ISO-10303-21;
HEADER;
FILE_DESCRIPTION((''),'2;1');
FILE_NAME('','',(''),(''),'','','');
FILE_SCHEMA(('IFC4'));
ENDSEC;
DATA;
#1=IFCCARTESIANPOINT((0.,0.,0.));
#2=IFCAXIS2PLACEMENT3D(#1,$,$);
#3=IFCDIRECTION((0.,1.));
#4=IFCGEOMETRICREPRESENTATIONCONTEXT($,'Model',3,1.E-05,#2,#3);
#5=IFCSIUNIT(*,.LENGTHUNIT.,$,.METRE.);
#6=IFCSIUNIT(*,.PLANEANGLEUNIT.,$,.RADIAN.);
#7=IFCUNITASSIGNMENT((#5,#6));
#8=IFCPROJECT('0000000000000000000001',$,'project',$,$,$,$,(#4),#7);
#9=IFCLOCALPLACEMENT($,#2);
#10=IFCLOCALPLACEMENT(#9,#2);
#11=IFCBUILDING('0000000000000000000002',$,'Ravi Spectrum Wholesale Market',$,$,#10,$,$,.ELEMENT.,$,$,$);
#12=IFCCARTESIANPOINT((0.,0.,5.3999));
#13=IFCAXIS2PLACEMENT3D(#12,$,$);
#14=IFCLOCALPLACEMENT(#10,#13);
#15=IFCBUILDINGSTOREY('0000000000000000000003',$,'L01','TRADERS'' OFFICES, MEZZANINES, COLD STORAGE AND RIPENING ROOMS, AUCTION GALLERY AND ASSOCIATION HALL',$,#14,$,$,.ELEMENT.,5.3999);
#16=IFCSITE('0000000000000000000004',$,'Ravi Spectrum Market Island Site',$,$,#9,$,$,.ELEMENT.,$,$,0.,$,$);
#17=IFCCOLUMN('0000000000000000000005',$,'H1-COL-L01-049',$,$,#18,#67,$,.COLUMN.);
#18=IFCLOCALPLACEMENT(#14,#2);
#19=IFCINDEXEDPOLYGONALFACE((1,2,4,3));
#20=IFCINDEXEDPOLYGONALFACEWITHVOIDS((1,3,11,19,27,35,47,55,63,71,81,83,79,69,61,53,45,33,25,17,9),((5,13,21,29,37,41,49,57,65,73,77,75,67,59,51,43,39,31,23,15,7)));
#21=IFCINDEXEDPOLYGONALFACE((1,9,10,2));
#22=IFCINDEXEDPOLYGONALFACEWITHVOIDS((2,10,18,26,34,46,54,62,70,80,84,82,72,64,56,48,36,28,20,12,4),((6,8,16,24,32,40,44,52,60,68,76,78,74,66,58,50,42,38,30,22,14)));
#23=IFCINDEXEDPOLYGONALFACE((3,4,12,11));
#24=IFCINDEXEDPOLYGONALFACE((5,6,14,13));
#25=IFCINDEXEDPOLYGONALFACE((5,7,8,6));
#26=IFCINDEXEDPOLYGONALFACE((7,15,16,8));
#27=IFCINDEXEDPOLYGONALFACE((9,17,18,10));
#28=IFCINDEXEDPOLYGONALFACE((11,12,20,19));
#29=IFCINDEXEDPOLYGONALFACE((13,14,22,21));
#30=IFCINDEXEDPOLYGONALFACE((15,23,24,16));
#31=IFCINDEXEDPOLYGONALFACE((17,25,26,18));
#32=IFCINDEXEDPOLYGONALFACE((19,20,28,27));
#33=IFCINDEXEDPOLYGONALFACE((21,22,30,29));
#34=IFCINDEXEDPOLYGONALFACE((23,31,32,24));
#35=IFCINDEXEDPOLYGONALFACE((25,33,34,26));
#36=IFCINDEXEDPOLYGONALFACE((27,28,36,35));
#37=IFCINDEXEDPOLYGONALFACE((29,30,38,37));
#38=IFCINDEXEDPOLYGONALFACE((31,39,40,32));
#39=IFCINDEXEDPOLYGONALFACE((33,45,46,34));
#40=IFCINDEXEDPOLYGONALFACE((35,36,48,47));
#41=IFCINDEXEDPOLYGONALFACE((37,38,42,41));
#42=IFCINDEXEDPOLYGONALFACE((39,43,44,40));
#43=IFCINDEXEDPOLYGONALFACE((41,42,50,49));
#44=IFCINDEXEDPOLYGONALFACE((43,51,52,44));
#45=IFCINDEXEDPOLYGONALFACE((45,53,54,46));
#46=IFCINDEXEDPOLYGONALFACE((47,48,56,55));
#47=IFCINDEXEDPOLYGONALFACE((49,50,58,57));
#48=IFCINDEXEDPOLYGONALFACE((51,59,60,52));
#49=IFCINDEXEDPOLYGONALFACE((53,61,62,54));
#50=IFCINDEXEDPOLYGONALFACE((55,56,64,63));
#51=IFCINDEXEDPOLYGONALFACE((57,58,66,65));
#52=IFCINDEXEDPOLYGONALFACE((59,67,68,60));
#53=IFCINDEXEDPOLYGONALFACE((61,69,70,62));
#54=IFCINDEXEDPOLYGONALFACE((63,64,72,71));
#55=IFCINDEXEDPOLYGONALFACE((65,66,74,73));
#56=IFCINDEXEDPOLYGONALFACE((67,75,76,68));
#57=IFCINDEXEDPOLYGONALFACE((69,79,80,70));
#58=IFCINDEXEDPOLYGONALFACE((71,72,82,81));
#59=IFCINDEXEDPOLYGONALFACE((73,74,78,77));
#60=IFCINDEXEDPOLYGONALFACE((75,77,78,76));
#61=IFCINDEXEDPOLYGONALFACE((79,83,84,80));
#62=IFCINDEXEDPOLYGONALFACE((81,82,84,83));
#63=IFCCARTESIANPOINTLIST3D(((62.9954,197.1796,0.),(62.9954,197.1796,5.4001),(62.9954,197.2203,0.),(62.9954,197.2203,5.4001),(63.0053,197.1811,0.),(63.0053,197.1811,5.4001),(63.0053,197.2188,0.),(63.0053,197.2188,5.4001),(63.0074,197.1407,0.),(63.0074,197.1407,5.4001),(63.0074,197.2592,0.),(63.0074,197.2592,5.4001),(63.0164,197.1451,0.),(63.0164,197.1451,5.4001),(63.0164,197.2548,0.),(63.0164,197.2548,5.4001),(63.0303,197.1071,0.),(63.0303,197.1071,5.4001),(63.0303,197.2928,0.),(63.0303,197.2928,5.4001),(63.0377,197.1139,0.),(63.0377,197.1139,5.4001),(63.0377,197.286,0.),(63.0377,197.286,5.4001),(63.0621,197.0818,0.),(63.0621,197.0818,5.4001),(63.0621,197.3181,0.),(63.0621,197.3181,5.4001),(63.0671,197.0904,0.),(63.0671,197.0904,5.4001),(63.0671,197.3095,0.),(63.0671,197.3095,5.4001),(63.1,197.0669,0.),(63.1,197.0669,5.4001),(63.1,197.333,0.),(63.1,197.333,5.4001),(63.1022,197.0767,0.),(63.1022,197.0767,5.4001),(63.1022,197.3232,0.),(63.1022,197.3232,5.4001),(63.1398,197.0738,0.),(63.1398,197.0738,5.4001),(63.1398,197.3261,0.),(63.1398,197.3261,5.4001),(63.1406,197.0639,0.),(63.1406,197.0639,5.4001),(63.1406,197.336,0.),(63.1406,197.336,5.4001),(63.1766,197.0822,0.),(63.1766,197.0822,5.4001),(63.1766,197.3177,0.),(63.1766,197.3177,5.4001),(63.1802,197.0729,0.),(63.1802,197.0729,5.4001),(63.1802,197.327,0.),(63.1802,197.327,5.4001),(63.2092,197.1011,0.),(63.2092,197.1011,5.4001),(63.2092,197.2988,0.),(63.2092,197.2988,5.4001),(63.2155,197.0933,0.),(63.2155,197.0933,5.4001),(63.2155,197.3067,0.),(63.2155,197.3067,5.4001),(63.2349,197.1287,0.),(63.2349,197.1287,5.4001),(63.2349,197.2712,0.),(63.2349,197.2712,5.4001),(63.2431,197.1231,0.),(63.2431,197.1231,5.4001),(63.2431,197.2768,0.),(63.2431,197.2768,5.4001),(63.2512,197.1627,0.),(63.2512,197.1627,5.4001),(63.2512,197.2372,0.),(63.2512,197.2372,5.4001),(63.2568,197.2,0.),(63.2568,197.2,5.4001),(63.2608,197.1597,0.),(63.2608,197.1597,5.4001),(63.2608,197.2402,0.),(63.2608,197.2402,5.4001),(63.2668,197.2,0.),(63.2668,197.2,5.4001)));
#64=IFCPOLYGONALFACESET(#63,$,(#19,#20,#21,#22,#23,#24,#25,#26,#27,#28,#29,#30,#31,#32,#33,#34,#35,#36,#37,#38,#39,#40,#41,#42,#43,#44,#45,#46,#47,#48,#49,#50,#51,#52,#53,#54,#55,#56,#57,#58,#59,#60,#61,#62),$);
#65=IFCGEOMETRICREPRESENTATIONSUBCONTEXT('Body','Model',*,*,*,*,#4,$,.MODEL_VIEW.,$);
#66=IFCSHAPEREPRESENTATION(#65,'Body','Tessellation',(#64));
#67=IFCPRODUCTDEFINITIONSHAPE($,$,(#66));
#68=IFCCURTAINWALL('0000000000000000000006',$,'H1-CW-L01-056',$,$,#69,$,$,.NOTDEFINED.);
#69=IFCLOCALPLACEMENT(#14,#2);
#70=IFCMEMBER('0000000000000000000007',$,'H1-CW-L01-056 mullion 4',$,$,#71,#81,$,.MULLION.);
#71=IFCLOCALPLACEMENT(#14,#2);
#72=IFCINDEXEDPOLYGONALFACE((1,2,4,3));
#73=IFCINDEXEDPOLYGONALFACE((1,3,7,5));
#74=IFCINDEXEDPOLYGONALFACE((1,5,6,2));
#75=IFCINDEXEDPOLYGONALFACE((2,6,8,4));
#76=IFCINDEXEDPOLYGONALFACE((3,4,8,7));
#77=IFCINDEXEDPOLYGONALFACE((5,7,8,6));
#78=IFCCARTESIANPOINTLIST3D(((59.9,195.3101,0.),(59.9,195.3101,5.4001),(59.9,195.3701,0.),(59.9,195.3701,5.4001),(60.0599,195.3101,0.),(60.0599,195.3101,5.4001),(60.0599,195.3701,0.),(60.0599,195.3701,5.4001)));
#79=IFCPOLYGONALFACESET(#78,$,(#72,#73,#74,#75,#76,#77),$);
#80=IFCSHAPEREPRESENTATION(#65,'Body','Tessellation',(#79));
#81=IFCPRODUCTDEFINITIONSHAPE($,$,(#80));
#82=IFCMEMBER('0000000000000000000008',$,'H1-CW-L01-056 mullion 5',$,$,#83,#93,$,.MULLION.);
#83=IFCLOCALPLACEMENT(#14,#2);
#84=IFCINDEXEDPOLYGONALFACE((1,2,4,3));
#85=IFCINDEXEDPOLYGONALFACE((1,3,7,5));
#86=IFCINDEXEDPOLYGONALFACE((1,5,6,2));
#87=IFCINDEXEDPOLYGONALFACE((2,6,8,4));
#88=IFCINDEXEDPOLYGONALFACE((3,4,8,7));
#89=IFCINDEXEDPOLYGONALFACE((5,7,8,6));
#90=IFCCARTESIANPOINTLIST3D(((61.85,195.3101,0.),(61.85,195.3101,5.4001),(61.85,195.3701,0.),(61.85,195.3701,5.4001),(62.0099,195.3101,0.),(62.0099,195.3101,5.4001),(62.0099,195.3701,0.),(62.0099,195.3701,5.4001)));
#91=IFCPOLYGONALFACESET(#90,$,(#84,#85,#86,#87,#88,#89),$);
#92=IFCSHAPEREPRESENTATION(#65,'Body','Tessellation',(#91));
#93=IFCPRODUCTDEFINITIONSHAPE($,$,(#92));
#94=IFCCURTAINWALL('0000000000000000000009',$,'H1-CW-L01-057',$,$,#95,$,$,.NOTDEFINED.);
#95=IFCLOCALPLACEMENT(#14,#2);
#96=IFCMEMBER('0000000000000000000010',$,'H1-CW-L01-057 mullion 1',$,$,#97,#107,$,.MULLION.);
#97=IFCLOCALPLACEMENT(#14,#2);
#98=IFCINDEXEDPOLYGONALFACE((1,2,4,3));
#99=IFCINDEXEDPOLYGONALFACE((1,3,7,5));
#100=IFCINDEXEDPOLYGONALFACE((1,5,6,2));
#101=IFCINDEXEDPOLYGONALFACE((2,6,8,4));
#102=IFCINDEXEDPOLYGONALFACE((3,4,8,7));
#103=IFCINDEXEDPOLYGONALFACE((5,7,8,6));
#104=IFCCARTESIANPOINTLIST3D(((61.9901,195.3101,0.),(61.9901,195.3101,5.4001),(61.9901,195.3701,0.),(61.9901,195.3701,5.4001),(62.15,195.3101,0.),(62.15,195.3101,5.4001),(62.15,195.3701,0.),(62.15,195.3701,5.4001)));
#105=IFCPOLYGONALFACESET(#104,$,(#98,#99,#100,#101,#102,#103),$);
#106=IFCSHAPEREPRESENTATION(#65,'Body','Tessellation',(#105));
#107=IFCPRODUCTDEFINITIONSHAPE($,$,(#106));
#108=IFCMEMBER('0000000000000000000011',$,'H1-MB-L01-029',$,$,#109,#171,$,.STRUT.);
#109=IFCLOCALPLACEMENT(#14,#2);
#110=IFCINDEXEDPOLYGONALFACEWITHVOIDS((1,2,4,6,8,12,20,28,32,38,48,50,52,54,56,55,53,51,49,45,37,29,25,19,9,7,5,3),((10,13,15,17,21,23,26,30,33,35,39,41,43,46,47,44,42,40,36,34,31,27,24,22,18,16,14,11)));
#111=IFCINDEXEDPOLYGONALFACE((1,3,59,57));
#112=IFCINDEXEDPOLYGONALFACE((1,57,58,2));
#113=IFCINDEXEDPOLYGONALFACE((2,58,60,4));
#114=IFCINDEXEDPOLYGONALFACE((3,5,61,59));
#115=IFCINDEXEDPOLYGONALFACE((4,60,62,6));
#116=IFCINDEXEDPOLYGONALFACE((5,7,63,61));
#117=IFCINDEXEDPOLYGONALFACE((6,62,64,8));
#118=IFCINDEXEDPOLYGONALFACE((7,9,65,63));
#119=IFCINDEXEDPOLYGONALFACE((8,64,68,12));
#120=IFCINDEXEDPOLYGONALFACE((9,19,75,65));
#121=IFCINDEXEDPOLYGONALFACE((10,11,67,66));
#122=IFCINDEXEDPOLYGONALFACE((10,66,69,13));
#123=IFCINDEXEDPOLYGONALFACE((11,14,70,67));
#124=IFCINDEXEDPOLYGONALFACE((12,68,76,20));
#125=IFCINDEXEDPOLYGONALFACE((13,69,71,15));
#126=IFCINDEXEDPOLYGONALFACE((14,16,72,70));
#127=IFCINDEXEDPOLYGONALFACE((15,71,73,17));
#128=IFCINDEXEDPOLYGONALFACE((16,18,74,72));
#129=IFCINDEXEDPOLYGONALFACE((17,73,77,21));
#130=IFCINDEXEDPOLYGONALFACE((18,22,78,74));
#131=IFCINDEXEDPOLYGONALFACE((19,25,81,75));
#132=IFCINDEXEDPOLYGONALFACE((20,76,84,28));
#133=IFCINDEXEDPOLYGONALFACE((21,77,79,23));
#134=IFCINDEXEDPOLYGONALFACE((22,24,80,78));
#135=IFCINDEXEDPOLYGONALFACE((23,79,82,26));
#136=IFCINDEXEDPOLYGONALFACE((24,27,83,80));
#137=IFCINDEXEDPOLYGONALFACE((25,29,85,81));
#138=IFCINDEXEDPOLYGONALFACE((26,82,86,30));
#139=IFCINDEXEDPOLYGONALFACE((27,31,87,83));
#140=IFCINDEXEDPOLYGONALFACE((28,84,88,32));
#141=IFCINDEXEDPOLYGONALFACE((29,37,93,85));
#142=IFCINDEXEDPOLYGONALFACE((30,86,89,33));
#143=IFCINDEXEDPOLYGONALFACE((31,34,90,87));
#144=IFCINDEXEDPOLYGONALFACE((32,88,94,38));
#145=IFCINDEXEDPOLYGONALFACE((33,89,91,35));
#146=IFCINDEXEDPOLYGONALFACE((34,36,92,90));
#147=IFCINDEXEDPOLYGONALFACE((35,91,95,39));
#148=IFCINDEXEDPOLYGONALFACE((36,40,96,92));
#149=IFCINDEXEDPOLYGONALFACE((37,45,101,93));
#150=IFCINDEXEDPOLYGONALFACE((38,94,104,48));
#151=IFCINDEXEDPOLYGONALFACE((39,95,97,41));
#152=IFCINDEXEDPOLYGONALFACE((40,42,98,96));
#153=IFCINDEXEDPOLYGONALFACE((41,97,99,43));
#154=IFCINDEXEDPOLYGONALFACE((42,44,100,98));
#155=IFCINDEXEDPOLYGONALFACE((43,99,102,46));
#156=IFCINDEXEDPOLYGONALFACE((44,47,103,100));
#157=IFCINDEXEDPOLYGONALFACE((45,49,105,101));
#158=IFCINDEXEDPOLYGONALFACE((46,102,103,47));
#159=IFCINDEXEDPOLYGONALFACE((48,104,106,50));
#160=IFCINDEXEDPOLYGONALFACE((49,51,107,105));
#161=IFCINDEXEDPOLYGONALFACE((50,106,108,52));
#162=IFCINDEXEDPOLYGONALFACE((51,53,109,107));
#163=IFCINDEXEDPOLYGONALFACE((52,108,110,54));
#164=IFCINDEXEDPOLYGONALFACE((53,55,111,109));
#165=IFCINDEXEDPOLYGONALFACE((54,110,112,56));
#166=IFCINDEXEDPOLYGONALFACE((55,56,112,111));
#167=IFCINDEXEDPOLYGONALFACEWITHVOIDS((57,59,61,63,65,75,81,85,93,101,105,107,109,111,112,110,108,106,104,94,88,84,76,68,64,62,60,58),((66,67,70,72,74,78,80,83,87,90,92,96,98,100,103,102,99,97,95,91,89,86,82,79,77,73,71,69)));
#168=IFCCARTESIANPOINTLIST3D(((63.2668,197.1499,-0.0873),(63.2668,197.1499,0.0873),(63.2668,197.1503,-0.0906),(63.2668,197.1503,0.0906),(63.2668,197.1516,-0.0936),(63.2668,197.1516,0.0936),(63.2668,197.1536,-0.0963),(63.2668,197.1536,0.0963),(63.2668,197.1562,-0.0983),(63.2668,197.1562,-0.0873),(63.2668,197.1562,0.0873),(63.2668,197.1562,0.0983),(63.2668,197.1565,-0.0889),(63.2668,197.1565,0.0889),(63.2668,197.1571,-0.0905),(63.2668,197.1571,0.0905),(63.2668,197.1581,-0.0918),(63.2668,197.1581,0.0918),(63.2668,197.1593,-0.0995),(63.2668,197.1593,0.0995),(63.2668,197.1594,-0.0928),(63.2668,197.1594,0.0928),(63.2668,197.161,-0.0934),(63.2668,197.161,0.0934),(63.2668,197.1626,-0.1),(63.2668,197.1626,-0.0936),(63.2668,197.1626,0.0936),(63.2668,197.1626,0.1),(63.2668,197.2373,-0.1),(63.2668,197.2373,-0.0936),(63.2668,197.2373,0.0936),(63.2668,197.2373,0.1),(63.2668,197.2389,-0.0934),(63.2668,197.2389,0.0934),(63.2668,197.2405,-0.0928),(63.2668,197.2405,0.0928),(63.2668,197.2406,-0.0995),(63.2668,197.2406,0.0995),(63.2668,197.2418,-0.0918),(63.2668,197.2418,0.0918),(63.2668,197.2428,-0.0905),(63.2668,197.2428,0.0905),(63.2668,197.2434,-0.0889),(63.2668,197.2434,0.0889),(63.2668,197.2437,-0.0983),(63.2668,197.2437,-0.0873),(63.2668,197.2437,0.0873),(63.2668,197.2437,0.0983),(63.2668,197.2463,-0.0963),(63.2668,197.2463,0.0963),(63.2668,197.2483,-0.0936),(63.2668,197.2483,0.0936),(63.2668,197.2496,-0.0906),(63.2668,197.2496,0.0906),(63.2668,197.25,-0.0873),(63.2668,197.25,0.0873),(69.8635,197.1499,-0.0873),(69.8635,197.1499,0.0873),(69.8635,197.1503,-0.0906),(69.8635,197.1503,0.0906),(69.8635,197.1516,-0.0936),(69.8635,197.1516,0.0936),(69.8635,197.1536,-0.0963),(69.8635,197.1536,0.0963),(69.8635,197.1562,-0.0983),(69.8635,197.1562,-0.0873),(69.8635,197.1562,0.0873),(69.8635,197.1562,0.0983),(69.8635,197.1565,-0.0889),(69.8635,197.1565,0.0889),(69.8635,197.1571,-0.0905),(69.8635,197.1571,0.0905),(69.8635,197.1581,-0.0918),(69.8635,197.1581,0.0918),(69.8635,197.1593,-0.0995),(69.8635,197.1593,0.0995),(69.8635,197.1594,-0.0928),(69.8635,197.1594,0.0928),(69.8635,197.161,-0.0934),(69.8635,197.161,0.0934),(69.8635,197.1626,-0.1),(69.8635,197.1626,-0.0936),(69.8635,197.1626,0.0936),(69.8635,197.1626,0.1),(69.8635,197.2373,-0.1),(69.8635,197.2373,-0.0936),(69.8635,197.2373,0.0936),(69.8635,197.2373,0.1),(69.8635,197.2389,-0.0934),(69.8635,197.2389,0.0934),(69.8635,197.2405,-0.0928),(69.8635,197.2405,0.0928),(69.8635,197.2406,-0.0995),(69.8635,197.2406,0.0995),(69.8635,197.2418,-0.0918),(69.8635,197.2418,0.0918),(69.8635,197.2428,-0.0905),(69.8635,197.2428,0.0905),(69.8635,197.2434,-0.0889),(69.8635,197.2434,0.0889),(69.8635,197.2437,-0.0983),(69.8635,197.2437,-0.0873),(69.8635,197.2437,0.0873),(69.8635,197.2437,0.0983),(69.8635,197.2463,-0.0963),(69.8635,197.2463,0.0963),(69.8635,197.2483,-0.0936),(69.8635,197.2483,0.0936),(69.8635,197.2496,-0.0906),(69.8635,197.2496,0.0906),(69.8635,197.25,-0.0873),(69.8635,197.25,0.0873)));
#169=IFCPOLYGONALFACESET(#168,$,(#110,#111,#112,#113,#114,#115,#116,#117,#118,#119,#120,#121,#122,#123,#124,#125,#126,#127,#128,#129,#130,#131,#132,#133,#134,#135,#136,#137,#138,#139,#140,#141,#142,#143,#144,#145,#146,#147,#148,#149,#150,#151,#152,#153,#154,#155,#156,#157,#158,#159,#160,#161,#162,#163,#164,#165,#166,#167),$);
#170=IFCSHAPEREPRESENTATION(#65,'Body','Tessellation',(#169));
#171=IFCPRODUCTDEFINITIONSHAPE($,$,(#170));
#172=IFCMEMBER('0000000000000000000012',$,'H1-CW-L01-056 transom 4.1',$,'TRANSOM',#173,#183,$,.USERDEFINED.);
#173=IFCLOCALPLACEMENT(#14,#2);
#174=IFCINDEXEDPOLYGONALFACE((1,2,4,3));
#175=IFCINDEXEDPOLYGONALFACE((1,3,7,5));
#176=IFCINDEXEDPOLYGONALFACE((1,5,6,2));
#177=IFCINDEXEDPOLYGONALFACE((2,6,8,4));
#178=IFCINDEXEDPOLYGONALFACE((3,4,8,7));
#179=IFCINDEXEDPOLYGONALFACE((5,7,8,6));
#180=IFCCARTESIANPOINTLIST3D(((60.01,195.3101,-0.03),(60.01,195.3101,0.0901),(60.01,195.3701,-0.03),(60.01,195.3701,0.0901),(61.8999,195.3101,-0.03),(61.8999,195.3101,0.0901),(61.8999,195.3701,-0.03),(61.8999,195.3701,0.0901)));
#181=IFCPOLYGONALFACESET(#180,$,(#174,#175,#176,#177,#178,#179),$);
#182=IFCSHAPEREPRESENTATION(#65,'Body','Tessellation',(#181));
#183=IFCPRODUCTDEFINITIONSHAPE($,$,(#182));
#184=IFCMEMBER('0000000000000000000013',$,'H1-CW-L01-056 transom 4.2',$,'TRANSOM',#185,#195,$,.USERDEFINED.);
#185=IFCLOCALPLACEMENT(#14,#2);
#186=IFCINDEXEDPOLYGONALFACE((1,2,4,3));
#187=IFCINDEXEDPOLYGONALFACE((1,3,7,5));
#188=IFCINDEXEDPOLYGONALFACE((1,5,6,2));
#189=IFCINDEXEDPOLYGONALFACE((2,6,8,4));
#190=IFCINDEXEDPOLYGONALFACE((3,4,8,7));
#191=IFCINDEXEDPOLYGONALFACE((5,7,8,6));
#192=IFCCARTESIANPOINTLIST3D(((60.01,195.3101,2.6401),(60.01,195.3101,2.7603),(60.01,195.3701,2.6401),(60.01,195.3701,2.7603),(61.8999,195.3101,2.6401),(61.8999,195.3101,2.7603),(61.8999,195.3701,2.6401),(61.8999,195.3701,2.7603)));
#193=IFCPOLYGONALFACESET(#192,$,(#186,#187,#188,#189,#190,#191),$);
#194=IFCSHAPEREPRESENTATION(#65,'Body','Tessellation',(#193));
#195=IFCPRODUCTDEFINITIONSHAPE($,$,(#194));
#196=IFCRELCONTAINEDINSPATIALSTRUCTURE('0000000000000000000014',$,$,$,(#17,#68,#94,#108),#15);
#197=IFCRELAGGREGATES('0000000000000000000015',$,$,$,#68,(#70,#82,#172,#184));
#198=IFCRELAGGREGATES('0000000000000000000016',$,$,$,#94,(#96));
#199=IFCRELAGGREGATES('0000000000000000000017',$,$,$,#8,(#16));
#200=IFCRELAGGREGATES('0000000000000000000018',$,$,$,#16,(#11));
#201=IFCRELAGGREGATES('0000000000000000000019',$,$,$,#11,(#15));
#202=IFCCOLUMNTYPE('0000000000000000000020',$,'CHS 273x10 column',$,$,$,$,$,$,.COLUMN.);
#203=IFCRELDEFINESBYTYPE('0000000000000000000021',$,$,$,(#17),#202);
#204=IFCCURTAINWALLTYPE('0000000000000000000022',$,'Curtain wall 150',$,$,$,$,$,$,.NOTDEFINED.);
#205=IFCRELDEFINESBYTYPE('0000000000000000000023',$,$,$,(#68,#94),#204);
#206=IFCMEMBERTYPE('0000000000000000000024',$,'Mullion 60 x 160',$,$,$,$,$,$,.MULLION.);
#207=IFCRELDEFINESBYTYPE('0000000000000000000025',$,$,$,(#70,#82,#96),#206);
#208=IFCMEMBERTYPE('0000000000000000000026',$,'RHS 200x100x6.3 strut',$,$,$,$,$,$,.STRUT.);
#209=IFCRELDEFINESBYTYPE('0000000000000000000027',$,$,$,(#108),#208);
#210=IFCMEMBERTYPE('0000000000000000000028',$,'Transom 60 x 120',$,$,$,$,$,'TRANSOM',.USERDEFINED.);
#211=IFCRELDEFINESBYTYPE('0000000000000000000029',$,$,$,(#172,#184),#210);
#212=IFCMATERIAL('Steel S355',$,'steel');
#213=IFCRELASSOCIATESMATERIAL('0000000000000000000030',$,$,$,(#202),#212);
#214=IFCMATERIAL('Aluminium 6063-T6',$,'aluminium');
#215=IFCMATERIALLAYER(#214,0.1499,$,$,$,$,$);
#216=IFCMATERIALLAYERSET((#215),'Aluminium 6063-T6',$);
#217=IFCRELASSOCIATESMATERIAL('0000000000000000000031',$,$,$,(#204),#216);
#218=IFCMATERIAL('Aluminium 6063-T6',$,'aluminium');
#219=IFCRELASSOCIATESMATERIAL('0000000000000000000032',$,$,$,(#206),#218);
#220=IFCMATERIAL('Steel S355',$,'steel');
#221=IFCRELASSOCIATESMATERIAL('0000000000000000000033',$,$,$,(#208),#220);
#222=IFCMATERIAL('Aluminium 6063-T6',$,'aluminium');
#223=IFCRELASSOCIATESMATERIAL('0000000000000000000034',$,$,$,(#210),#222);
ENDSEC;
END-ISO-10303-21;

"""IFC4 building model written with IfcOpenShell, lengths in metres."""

from ifc_helpers import new_model, si_unit, direction, frame, origin, origin_2d, place, context, subcontext, project, spatial, rectangle, hollow_rectangle, hollow_circle, extrude, material, layer, layer_set, material_profile, profile_set, type_object, element, aggregate, save


model = new_model("IFC4")

# Units and contexts
model_context = context("Model", 3, precision=1e-05, world=origin(), true_north=direction((0.0, 1.0)))
body_context = subcontext(model_context, "Body", "Model", "MODEL_VIEW")
ifc_project = project(units=[si_unit("LENGTHUNIT", "METRE"), si_unit("PLANEANGLEUNIT", "RADIAN")], contexts=[model_context])

# Site, building, storey
site_placement = place(None, origin())
site = spatial("IfcSite", under=ifc_project, at=site_placement, Name="Ravi Spectrum Market Island Site", CompositionType="ELEMENT", RefElevation=0.0)
building_placement = place(site_placement, origin())
building = spatial("IfcBuilding", under=site, at=building_placement, Name="Ravi Spectrum Wholesale Market", CompositionType="ELEMENT")
storey_placement = place(building_placement, frame((0.0, 0.0, 5.3999)))
storey = spatial("IfcBuildingStorey", under=building, at=storey_placement, Name="L01", Description="TRADERS' OFFICES, MEZZANINES, COLD STORAGE AND RIPENING ROOMS, AUCTION GALLERY AND ASSOCIATION HALL", CompositionType="ELEMENT", Elevation=5.3999)

# Column
ifc_material_1 = material(Name="Steel S355", Category="steel")
ifc_material_profile_1 = material_profile(ifc_material_1, hollow_circle(Radius=0.1365, WallThickness=0.01, at=origin_2d()))
ifc_profile_set_1 = profile_set([ifc_material_profile_1], Name="Steel S355")
column_type = type_object("IfcColumnType", Name="CHS 273x10 column", PredefinedType="COLUMN", material=ifc_profile_set_1)
column_placement = place(storey_placement, frame((63.1304, 197.2, 0.0), z_axis=(0.0, 0.0, 1.0), x_axis=(1.0, 0.0, 0.0)))
element("IfcColumn", 1, at=column_placement, inside=storey, type_object=column_type, Name="H1-COL-L01-049", PredefinedType="COLUMN", context=body_context, shape_type="SweptSolid", body=[
    extrude(hollow_circle(Radius=0.1365, WallThickness=0.01, at=origin_2d()), origin(), (0.0, 0.0, 1.0), 5.4001),
])

# Curtain wall, members
ifc_material_2 = material(Name="Aluminium 6063-T6", Category="aluminium")
ifc_layer_1 = layer(ifc_material_2, 0.1499)
ifc_layer_set_1 = layer_set([ifc_layer_1], Name="Aluminium 6063-T6")
curtain_wall_type = type_object("IfcCurtainWallType", Name="Curtain wall 150", PredefinedType="NOTDEFINED", material=ifc_layer_set_1)
curtain_wall_1_placement = place(storey_placement, origin())
curtain_wall_1 = element("IfcCurtainWall", 2, at=curtain_wall_1_placement, inside=storey, type_object=curtain_wall_type, Name="H1-CW-L01-056", PredefinedType="NOTDEFINED")
ifc_material_3 = material(Name="Aluminium 6063-T6", Category="aluminium")
ifc_material_profile_2 = material_profile(ifc_material_3, rectangle(XDim=0.0601, YDim=0.1599, at=origin_2d()))
ifc_profile_set_2 = profile_set([ifc_material_profile_2], Name="Aluminium 6063-T6")
member_type_1 = type_object("IfcMemberType", Name="Mullion 60 x 160", PredefinedType="MULLION", material=ifc_profile_set_2)
member_1_placement = place(storey_placement, frame((59.98, 195.3401, 0.0), z_axis=(0.0, 0.0, 1.0), x_axis=(0.0, 1.0, 0.0)))
member_1 = element("IfcMember", 3, at=member_1_placement, type_object=member_type_1, Name="H1-CW-L01-056 mullion 4", PredefinedType="MULLION", context=body_context, shape_type="SweptSolid", body=[
    extrude(rectangle(XDim=0.0601, YDim=0.1599, at=origin_2d()), origin(), (0.0, 0.0, 1.0), 5.4001),
])
member_2_placement = place(storey_placement, frame((61.9299, 195.3401, 0.0), z_axis=(0.0, 0.0, 1.0), x_axis=(0.0, 1.0, 0.0)))
member_2 = element("IfcMember", 4, at=member_2_placement, type_object=member_type_1, Name="H1-CW-L01-056 mullion 5", PredefinedType="MULLION", context=body_context, shape_type="SweptSolid", body=[
    extrude(rectangle(XDim=0.0601, YDim=0.1599, at=origin_2d()), origin(), (0.0, 0.0, 1.0), 5.4001),
])

# Curtain wall, member
curtain_wall_2_placement = place(storey_placement, origin())
curtain_wall_2 = element("IfcCurtainWall", 5, at=curtain_wall_2_placement, inside=storey, type_object=curtain_wall_type, Name="H1-CW-L01-057", PredefinedType="NOTDEFINED")
member_3_placement = place(storey_placement, frame((62.0701, 195.3401, 0.0), z_axis=(0.0, 0.0, 1.0), x_axis=(0.0, 1.0, 0.0)))
member_3 = element("IfcMember", 6, at=member_3_placement, type_object=member_type_1, Name="H1-CW-L01-057 mullion 1", PredefinedType="MULLION", context=body_context, shape_type="SweptSolid", body=[
    extrude(rectangle(XDim=0.0601, YDim=0.1599, at=origin_2d()), origin(), (0.0, 0.0, 1.0), 5.4001),
])

# Members
ifc_material_4 = material(Name="Steel S355", Category="steel")
ifc_material_profile_3 = material_profile(ifc_material_4, hollow_rectangle(XDim=0.1001, YDim=0.2, WallThickness=0.0063, InnerFilletRadius=0.0063, OuterFilletRadius=0.0127, at=origin_2d()))
ifc_profile_set_3 = profile_set([ifc_material_profile_3], Name="Steel S355")
member_type_2 = type_object("IfcMemberType", Name="RHS 200x100x6.3 strut", PredefinedType="STRUT", material=ifc_profile_set_3)
member_4_placement = place(storey_placement, frame((63.2668, 197.2, 0.0), z_axis=(1.0, 0.0, 0.0), x_axis=(0.0, 1.0, 0.0)))
element("IfcMember", 7, at=member_4_placement, inside=storey, type_object=member_type_2, Name="H1-MB-L01-029", PredefinedType="STRUT", context=body_context, shape_type="SweptSolid", body=[
    extrude(hollow_rectangle(XDim=0.1001, YDim=0.2, WallThickness=0.0063, InnerFilletRadius=0.0063, OuterFilletRadius=0.0127, at=origin_2d()), origin(), (0.0, 0.0, 1.0), 6.5967),
])
ifc_material_5 = material(Name="Aluminium 6063-T6", Category="aluminium")
ifc_material_profile_4 = material_profile(ifc_material_5, rectangle(XDim=0.0601, YDim=0.1201, at=origin_2d()))
ifc_profile_set_4 = profile_set([ifc_material_profile_4], Name="Aluminium 6063-T6")
member_type_3 = type_object("IfcMemberType", Name="Transom 60 x 120", ElementType="TRANSOM", PredefinedType="USERDEFINED", material=ifc_profile_set_4)
member_5_placement = place(storey_placement, frame((60.01, 195.3401, 0.03), z_axis=(1.0, 0.0, 0.0), x_axis=(0.0, 1.0, 0.0)))
member_5 = element("IfcMember", 8, at=member_5_placement, type_object=member_type_3, Name="H1-CW-L01-056 transom 4.1", ObjectType="TRANSOM", PredefinedType="USERDEFINED", context=body_context, shape_type="SweptSolid", body=[
    extrude(rectangle(XDim=0.0601, YDim=0.1201, at=origin_2d()), origin(), (0.0, 0.0, 1.0), 1.8899),
])
member_6_placement = place(storey_placement, frame((60.01, 195.3401, 2.7002), z_axis=(1.0, 0.0, 0.0), x_axis=(0.0, 1.0, 0.0)))
member_6 = element("IfcMember", 9, at=member_6_placement, type_object=member_type_3, Name="H1-CW-L01-056 transom 4.2", ObjectType="TRANSOM", PredefinedType="USERDEFINED", context=body_context, shape_type="SweptSolid", body=[
    extrude(rectangle(XDim=0.0601, YDim=0.1201, at=origin_2d()), origin(), (0.0, 0.0, 1.0), 1.8899),
])

aggregate(curtain_wall_1, [member_1, member_2, member_5, member_6])
aggregate(curtain_wall_2, [member_3])

save(model, "model.ifc")
